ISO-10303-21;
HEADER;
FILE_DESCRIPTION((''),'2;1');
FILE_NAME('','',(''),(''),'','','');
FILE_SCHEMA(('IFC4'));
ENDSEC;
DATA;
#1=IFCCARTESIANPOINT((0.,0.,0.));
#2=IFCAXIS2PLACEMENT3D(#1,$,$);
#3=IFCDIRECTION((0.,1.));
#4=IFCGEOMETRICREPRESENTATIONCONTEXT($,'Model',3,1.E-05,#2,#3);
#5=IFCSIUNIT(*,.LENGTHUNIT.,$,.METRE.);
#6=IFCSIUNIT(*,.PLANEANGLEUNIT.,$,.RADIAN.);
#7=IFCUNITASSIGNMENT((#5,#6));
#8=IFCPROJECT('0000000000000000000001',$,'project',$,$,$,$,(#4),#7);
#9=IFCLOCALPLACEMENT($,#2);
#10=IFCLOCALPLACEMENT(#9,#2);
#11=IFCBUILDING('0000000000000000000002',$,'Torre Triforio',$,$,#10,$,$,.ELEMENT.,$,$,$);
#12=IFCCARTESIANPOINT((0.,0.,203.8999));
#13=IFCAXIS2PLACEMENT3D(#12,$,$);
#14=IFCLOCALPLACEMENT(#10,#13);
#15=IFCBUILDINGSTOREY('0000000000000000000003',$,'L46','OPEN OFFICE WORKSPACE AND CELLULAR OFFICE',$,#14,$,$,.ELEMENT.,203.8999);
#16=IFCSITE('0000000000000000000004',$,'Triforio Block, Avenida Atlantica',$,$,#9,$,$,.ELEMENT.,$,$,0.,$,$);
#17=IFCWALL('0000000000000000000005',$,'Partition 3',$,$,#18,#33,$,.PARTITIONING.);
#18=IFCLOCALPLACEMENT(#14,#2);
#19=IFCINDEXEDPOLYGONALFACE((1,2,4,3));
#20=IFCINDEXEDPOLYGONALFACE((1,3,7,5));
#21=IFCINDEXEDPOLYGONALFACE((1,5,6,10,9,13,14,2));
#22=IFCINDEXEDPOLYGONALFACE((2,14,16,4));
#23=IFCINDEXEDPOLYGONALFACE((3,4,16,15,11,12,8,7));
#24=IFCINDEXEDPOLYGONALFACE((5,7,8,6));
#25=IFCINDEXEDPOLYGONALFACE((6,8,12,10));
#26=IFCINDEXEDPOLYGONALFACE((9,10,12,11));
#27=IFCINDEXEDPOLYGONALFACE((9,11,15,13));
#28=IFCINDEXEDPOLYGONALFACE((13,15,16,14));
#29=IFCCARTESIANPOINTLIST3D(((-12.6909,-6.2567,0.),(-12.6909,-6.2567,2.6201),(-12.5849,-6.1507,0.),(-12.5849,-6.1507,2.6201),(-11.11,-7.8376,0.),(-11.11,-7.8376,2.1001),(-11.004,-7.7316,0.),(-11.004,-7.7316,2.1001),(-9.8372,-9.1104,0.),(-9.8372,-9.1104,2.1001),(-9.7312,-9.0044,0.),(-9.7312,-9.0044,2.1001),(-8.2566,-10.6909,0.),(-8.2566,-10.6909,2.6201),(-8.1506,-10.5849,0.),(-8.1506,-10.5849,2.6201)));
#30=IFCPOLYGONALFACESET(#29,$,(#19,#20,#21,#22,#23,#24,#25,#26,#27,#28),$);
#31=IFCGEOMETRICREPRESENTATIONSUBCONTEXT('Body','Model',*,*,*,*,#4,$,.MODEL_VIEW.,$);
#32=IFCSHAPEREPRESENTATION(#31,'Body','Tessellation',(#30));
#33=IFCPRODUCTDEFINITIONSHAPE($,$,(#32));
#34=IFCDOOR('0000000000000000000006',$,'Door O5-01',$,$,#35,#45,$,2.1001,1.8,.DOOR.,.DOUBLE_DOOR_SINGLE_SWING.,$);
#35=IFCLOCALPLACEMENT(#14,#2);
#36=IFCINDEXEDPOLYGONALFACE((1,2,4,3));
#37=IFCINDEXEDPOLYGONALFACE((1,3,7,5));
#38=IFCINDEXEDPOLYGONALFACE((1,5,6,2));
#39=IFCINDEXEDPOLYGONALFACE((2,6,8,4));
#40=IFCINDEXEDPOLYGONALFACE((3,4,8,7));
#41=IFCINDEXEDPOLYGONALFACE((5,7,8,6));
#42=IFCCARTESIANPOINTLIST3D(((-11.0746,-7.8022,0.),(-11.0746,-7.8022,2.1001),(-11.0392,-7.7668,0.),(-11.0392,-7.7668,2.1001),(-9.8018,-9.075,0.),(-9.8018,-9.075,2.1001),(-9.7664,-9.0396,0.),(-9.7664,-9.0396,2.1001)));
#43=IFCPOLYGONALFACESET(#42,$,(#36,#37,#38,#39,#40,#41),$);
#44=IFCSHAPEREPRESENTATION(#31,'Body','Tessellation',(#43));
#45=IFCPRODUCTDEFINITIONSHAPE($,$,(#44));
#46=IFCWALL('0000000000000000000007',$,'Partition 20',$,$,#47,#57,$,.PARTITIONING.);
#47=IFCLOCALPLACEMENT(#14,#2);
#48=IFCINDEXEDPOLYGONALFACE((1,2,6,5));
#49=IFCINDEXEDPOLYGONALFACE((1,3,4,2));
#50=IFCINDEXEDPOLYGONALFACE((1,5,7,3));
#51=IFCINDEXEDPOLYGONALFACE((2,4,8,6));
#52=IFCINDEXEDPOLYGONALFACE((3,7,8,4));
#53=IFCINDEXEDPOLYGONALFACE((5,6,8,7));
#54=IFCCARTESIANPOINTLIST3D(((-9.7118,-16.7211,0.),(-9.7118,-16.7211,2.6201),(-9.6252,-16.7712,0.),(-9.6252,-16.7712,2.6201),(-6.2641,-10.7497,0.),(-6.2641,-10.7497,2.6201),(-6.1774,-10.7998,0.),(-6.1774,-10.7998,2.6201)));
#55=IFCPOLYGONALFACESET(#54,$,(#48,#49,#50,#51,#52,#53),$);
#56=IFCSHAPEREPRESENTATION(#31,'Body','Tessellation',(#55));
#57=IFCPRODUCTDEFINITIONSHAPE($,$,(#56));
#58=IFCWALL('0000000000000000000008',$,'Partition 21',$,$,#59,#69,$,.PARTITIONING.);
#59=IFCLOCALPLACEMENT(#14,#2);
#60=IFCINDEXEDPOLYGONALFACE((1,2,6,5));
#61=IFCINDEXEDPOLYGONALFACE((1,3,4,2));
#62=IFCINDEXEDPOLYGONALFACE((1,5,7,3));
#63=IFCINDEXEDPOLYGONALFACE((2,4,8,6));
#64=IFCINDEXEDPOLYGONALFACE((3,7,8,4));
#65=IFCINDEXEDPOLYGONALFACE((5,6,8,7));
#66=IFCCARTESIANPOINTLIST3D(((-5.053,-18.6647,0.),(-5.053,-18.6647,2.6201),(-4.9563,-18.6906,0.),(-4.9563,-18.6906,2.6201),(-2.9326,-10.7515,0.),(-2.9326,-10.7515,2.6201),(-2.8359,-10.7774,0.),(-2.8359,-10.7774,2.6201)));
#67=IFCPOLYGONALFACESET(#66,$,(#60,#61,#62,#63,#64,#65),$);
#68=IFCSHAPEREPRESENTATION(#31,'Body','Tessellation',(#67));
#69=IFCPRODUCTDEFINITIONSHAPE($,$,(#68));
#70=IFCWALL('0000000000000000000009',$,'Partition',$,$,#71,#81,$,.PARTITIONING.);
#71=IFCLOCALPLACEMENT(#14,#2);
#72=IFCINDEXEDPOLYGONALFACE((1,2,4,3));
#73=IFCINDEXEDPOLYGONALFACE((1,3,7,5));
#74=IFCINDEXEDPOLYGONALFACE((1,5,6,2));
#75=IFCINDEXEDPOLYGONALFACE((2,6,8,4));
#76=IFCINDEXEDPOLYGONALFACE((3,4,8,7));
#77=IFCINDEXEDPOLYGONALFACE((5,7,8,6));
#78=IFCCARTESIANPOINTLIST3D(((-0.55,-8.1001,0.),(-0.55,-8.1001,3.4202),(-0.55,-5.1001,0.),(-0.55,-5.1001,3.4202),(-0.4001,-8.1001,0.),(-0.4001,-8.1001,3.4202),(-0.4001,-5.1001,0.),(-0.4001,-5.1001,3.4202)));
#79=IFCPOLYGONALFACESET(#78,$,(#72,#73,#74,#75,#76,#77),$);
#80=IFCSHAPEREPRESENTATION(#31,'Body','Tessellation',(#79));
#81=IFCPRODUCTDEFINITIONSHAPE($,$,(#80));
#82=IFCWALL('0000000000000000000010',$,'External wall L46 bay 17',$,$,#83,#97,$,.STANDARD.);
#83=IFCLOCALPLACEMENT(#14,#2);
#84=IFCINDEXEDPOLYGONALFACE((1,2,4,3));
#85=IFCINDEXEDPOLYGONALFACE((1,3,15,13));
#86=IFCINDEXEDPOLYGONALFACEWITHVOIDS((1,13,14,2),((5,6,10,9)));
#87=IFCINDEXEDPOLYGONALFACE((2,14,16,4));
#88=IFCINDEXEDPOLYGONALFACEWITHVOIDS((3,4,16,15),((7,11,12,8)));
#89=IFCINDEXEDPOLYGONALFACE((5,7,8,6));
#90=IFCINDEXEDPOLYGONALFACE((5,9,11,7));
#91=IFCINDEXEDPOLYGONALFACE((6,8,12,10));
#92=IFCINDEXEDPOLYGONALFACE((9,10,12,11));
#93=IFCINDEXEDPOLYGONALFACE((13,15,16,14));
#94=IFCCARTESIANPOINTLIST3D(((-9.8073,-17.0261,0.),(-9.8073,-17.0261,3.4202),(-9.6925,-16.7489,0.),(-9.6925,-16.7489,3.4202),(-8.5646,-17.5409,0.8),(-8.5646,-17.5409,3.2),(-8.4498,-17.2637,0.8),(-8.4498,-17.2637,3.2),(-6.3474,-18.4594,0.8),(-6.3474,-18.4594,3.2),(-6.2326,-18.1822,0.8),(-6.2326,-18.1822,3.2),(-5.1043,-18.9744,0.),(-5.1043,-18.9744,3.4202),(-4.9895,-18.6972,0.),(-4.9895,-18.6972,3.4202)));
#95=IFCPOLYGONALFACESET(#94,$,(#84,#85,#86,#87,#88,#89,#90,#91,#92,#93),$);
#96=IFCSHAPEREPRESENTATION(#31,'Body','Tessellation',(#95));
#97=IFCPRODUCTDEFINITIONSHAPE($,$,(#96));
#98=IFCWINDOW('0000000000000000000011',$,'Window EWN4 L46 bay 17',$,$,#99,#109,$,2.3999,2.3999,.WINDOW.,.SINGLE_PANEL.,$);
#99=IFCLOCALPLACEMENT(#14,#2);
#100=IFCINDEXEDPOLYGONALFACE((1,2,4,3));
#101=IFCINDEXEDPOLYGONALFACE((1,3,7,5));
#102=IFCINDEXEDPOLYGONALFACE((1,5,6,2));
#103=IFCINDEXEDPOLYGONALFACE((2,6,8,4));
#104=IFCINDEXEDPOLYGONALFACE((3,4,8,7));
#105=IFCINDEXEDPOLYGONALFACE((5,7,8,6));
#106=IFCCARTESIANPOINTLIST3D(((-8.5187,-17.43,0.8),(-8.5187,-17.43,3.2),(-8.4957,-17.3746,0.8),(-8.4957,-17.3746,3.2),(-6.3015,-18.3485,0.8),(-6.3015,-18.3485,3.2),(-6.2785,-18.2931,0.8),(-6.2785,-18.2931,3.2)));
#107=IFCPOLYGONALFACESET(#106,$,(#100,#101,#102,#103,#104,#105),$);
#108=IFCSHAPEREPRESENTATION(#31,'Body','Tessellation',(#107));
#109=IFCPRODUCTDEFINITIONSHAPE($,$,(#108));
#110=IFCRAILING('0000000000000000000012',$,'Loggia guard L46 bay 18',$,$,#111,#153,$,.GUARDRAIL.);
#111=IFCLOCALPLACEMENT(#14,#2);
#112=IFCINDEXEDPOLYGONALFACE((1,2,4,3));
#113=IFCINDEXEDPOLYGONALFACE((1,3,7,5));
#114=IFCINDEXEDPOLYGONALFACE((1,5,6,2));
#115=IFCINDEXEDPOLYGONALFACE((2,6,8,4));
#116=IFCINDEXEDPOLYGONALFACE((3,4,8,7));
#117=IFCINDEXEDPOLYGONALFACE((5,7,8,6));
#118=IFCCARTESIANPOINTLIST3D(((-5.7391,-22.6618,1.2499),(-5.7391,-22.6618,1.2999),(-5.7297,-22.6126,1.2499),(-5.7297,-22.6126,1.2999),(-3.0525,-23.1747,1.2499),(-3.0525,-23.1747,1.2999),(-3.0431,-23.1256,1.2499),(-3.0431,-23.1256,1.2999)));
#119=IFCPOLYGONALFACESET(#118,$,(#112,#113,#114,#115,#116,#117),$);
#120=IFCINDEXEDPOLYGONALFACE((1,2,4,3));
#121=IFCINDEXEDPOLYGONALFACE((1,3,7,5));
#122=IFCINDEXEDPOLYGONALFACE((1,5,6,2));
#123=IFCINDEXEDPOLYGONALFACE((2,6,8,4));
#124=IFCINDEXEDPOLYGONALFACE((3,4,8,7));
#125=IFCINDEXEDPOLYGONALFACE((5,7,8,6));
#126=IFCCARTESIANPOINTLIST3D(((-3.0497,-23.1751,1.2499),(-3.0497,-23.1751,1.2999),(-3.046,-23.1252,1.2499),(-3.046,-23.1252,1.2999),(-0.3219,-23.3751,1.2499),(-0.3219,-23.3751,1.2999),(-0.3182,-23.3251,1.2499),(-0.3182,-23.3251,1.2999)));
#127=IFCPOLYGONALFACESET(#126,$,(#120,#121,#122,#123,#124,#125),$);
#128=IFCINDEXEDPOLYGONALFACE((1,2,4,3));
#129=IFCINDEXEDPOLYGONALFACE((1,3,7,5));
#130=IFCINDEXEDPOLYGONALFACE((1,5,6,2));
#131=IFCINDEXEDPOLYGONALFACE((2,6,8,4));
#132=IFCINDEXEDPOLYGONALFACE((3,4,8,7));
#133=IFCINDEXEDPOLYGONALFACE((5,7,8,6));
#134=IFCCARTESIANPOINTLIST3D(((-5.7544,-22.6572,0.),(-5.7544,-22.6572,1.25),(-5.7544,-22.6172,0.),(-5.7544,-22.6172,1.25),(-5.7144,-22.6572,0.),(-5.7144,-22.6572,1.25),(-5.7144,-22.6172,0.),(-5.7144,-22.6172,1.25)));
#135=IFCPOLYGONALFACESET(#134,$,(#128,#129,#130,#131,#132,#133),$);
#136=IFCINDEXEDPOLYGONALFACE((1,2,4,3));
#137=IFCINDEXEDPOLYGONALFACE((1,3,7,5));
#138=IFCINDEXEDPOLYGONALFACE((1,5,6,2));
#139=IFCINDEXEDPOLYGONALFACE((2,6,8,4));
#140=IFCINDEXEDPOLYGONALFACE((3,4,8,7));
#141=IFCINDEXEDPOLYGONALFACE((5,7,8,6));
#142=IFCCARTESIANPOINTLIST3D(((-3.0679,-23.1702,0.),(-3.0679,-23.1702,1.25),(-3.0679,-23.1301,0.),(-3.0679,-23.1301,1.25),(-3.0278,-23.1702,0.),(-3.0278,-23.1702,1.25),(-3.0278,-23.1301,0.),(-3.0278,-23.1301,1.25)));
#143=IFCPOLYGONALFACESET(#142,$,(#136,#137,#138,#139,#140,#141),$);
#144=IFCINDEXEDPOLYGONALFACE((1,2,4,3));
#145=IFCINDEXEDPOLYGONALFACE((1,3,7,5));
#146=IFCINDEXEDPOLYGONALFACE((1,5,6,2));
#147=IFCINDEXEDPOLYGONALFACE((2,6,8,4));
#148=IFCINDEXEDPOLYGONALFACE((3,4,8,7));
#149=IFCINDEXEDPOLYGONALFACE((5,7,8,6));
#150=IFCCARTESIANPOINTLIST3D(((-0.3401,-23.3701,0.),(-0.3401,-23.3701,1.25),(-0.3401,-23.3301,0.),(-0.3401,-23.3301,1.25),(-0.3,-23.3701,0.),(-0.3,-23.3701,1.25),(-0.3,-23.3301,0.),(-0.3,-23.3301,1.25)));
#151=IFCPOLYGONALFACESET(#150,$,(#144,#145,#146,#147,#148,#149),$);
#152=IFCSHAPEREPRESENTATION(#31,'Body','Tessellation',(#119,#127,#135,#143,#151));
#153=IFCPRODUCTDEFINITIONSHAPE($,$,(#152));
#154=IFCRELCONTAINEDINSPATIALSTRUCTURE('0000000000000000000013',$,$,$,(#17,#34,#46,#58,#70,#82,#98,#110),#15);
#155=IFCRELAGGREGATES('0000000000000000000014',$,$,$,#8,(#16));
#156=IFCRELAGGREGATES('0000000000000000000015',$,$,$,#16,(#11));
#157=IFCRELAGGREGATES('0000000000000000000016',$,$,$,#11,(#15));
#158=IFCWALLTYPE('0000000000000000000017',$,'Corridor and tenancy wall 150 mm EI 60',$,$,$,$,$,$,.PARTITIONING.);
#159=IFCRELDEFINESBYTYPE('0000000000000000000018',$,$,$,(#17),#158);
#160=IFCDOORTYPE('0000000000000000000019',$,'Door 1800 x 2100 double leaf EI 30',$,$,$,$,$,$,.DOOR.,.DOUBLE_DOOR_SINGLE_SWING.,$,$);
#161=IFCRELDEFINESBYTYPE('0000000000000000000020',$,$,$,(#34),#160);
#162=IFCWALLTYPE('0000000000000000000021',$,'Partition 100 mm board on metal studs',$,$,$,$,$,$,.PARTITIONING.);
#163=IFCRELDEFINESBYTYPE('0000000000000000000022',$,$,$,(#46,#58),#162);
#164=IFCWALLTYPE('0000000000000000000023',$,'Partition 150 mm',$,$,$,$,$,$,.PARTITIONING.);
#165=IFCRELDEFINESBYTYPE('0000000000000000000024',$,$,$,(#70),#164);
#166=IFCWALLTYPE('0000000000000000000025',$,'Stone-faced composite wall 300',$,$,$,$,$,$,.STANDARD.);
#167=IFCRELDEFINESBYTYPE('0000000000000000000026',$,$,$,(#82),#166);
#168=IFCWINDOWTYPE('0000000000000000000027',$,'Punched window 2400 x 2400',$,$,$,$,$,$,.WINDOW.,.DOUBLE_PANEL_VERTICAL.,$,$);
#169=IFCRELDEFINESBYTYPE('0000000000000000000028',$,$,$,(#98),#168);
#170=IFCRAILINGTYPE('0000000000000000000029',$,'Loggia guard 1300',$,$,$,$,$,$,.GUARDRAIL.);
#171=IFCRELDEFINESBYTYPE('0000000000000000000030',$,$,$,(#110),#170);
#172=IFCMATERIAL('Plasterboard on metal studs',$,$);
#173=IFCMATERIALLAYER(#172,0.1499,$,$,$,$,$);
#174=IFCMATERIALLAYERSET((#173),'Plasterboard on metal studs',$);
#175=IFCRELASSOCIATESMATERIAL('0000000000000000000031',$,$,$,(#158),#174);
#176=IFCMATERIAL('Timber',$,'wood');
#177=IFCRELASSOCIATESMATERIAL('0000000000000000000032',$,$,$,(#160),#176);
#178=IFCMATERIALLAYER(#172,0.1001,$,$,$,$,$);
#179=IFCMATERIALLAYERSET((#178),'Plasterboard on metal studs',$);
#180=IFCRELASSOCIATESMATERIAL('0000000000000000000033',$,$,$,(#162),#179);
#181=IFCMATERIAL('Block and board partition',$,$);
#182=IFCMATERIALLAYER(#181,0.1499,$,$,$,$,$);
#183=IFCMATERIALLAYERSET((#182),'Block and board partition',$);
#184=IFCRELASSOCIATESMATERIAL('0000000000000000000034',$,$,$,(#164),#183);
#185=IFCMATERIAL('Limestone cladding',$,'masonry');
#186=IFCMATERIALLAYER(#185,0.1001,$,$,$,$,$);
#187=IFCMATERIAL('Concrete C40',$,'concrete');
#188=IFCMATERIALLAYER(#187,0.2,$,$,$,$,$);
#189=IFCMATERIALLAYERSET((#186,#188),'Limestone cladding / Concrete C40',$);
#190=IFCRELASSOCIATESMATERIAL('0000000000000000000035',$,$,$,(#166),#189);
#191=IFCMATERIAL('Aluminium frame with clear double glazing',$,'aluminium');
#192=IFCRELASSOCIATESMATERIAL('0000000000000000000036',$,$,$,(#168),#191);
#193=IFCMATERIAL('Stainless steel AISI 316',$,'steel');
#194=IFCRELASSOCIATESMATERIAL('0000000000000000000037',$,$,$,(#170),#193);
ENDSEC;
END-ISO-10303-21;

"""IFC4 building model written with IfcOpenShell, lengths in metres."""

from ifc_helpers import new_model, si_unit, direction, frame, frame_2d, origin, origin_2d, place, context, subcontext, project, spatial, rectangle, extrude, material, layer, layer_set, type_object, element, fill, save


model = new_model("IFC4")

# Units and contexts
model_context = context("Model", 3, precision=1e-05, world=origin(), true_north=direction((0.0, 1.0)))
body_context = subcontext(model_context, "Body", "Model", "MODEL_VIEW")
ifc_project = project(units=[si_unit("LENGTHUNIT", "METRE"), si_unit("PLANEANGLEUNIT", "RADIAN")], contexts=[model_context])

# Site, building, storey
site_placement = place(None, origin())
site = spatial("IfcSite", under=ifc_project, at=site_placement, Name="Triforio Block, Avenida Atlantica", CompositionType="ELEMENT", RefElevation=0.0)
building_placement = place(site_placement, origin())
building = spatial("IfcBuilding", under=site, at=building_placement, Name="Torre Triforio", CompositionType="ELEMENT")
storey_placement = place(building_placement, frame((0.0, 0.0, 203.8999)))
storey = spatial("IfcBuildingStorey", under=building, at=storey_placement, Name="L46", Description="OPEN OFFICE WORKSPACE AND CELLULAR OFFICE", CompositionType="ELEMENT", Elevation=203.8999)

# Shared definitions
ifc_material_1 = material(Name="Concrete C40", Category="concrete")

# Wall, opening, door
ifc_material_2 = material(Name="Plasterboard on metal studs")
ifc_layer_1 = layer(ifc_material_2, 0.1499)
ifc_layer_set_1 = layer_set([ifc_layer_1], Name="Plasterboard on metal studs")
wall_type_1 = type_object("IfcWallType", Name="Corridor and tenancy wall 150 mm EI 60", PredefinedType="PARTITIONING", material=ifc_layer_set_1)
wall_1_placement = place(storey_placement, frame((-8.2036, -10.6379, 0.0), z_axis=(0.0, 0.0, 1.0), x_axis=(-0.707107, 0.707107, 0.0)))
wall_1 = element("IfcWall", 1, at=wall_1_placement, inside=storey, type_object=wall_type_1, Name="Partition 3", PredefinedType="PARTITIONING", context=body_context, shape_type="SweptSolid", body=[
    extrude(rectangle(XDim=6.271, YDim=0.1499, at=frame_2d((3.1355, 0.0))), origin(), (0.0, 0.0, 1.0), 2.6201),
])
opening_1_placement = place(wall_1_placement, frame((2.2354, 0.0, 0.0)))
opening_1 = element("IfcOpeningElement", 2, at=opening_1_placement, cuts=wall_1, PredefinedType="OPENING", context=body_context, shape_type="SweptSolid", body=[
    extrude(rectangle(XDim=1.8, YDim=2.1001, at=frame_2d((0.8999, 1.05))), frame((0.0, 0.085, 0.0), z_axis=(0.0, -1.0, 0.0), x_axis=(1.0, 0.0, 0.0)), (0.0, 0.0, 1.0), 0.1699),
])
ifc_material_3 = material(Name="Timber", Category="wood")
door_type_1 = type_object("IfcDoorType", Name="Door 1800 x 2100 double leaf EI 30", OperationType="DOUBLE_DOOR_SINGLE_SWING", PredefinedType="DOOR", material=ifc_material_3)
door_1_placement = place(opening_1_placement, origin())
door_1 = element("IfcDoor", 3, at=door_1_placement, inside=storey, type_object=door_type_1, Name="Door O5-01", OperationType="DOUBLE_DOOR_SINGLE_SWING", OverallHeight=2.1001, OverallWidth=1.8, PredefinedType="DOOR", context=body_context, shape_type="SweptSolid", body=[
    extrude(rectangle(XDim=1.8, YDim=2.1001, at=frame_2d((0.8999, 1.05))), frame((0.0, 0.0249, 0.0), z_axis=(0.0, -1.0, 0.0), x_axis=(1.0, 0.0, 0.0)), (0.0, 0.0, 1.0), 0.05),
])
fill(opening_1, door_1)

# Walls
ifc_layer_2 = layer(ifc_material_2, 0.1001)
ifc_layer_set_2 = layer_set([ifc_layer_2], Name="Plasterboard on metal studs")
wall_type_2 = type_object("IfcWallType", Name="Partition 100 mm board on metal studs", PredefinedType="PARTITIONING", material=ifc_layer_set_2)
wall_2_placement = place(storey_placement, frame((-6.2207, -10.7747, 0.0), z_axis=(0.0, 0.0, 1.0), x_axis=(-0.500016, -0.866016, 0.0)))
element("IfcWall", 4, at=wall_2_placement, inside=storey, type_object=wall_type_2, Name="Partition 20", PredefinedType="PARTITIONING", context=body_context, shape_type="SweptSolid", body=[
    extrude(rectangle(XDim=6.8953, YDim=0.1001, at=frame_2d((3.4478, 0.0))), origin(), (0.0, 0.0, 1.0), 2.6201),
])
wall_3_placement = place(storey_placement, frame((-2.8843, -10.7644, 0.0), z_axis=(0.0, 0.0, 1.0), x_axis=(-0.258818, -0.965926, 0.0)))
element("IfcWall", 5, at=wall_3_placement, inside=storey, type_object=wall_type_2, Name="Partition 21", PredefinedType="PARTITIONING", context=body_context, shape_type="SweptSolid", body=[
    extrude(rectangle(XDim=8.1924, YDim=0.1001, at=frame_2d((4.0962, 0.0))), origin(), (0.0, 0.0, 1.0), 2.6201),
])
ifc_material_4 = material(Name="Block and board partition")
ifc_layer_3 = layer(ifc_material_4, 0.1499)
ifc_layer_set_3 = layer_set([ifc_layer_3], Name="Block and board partition")
wall_type_3 = type_object("IfcWallType", Name="Partition 150 mm", PredefinedType="PARTITIONING", material=ifc_layer_set_3)
wall_4_placement = place(storey_placement, frame((-0.4751, -8.1001, 0.0), z_axis=(0.0, 0.0, 1.0), x_axis=(0.0, 1.0, 0.0)))
element("IfcWall", 6, at=wall_4_placement, inside=storey, type_object=wall_type_3, Name="Partition", PredefinedType="PARTITIONING", context=body_context, shape_type="SweptSolid", body=[
    extrude(rectangle(XDim=3.0, YDim=0.1499, at=frame_2d((1.5, 0.0))), origin(), (0.0, 0.0, 1.0), 3.4202),
])

# Wall, opening, window
ifc_material_5 = material(Name="Limestone cladding", Category="masonry")
ifc_layer_4 = layer(ifc_material_5, 0.1001)
ifc_layer_5 = layer(ifc_material_1, 0.2)
ifc_layer_set_4 = layer_set([ifc_layer_4, ifc_layer_5], Name="Limestone cladding / Concrete C40")
wall_type_4 = type_object("IfcWallType", Name="Stone-faced composite wall 300", PredefinedType="STANDARD", material=ifc_layer_set_4)
wall_5_placement = place(storey_placement, frame((-9.75, -16.8875, 0.0), z_axis=(0.0, 0.0, 1.0), x_axis=(0.923863, -0.382725, 0.0)))
wall_5 = element("IfcWall", 7, at=wall_5_placement, inside=storey, type_object=wall_type_4, Name="External wall L46 bay 17", PredefinedType="STANDARD", context=body_context, shape_type="SweptSolid", body=[
    extrude(rectangle(XDim=5.0906, YDim=0.3, at=frame_2d((2.5454, 0.0))), origin(), (0.0, 0.0, 1.0), 3.4202),
])
opening_2_placement = place(wall_5_placement, frame((1.3452, 0.0, 0.8)))
opening_2 = element("IfcOpeningElement", 8, at=opening_2_placement, cuts=wall_5, PredefinedType="OPENING", context=body_context, shape_type="SweptSolid", body=[
    extrude(rectangle(XDim=2.3999, YDim=2.3999, at=frame_2d((1.2, 1.2))), frame((0.0, 0.1599, 0.0), z_axis=(0.0, -1.0, 0.0), x_axis=(1.0, 0.0, 0.0)), (0.0, 0.0, 1.0), 0.3201),
])
ifc_material_6 = material(Name="Aluminium frame with clear double glazing", Category="aluminium")
window_type_1 = type_object("IfcWindowType", Name="Punched window 2400 x 2400", PartitioningType="DOUBLE_PANEL_VERTICAL", PredefinedType="WINDOW", material=ifc_material_6)
window_1_placement = place(opening_2_placement, origin())
window_1 = element("IfcWindow", 9, at=window_1_placement, inside=storey, type_object=window_type_1, Name="Window EWN4 L46 bay 17", OverallHeight=2.3999, OverallWidth=2.3999, PartitioningType="SINGLE_PANEL", PredefinedType="WINDOW", context=body_context, shape_type="SweptSolid", body=[
    extrude(rectangle(XDim=2.3999, YDim=2.3999, at=frame_2d((1.2, 1.2))), frame((0.0, 0.03, 0.0), z_axis=(0.0, -1.0, 0.0), x_axis=(1.0, 0.0, 0.0)), (0.0, 0.0, 1.0), 0.0601),
])
fill(opening_2, window_1)

# Railing
ifc_material_7 = material(Name="Stainless steel AISI 316", Category="steel")
railing_type = type_object("IfcRailingType", Name="Loggia guard 1300", PredefinedType="GUARDRAIL", material=ifc_material_7)
railing_placement = place(storey_placement, frame((-5.7344, -22.6372, 0.0)))
element("IfcRailing", 10, at=railing_placement, inside=storey, type_object=railing_type, Name="Loggia guard L46 bay 18", PredefinedType="GUARDRAIL", context=body_context, shape_type="SweptSolid", body=[
    extrude(rectangle(XDim=0.05, YDim=0.05, at=origin_2d()), frame((0.0, 0.0, 1.2749), z_axis=(0.982256, -0.187543, 0.0), x_axis=(0.187543, 0.982256, 0.0)), (0.0, 0.0, 1.0), 2.7351),
    extrude(rectangle(XDim=0.05, YDim=0.05, at=origin_2d()), frame((2.6865, -0.5129, 1.2749), z_axis=(0.997324, -0.073106, 0.0), x_axis=(0.073106, 0.997324, 0.0)), (0.0, 0.0, 1.0), 2.7351),
    extrude(rectangle(XDim=0.04, YDim=0.04, at=origin_2d()), origin(), (0.0, 0.0, 1.0), 1.25),
    extrude(rectangle(XDim=0.04, YDim=0.04, at=origin_2d()), frame((2.6865, -0.5129, 0.0)), (0.0, 0.0, 1.0), 1.25),
    extrude(rectangle(XDim=0.04, YDim=0.04, at=origin_2d()), frame((5.4143, -0.7129, 0.0)), (0.0, 0.0, 1.0), 1.25),
])

save(model, "model.ifc")
